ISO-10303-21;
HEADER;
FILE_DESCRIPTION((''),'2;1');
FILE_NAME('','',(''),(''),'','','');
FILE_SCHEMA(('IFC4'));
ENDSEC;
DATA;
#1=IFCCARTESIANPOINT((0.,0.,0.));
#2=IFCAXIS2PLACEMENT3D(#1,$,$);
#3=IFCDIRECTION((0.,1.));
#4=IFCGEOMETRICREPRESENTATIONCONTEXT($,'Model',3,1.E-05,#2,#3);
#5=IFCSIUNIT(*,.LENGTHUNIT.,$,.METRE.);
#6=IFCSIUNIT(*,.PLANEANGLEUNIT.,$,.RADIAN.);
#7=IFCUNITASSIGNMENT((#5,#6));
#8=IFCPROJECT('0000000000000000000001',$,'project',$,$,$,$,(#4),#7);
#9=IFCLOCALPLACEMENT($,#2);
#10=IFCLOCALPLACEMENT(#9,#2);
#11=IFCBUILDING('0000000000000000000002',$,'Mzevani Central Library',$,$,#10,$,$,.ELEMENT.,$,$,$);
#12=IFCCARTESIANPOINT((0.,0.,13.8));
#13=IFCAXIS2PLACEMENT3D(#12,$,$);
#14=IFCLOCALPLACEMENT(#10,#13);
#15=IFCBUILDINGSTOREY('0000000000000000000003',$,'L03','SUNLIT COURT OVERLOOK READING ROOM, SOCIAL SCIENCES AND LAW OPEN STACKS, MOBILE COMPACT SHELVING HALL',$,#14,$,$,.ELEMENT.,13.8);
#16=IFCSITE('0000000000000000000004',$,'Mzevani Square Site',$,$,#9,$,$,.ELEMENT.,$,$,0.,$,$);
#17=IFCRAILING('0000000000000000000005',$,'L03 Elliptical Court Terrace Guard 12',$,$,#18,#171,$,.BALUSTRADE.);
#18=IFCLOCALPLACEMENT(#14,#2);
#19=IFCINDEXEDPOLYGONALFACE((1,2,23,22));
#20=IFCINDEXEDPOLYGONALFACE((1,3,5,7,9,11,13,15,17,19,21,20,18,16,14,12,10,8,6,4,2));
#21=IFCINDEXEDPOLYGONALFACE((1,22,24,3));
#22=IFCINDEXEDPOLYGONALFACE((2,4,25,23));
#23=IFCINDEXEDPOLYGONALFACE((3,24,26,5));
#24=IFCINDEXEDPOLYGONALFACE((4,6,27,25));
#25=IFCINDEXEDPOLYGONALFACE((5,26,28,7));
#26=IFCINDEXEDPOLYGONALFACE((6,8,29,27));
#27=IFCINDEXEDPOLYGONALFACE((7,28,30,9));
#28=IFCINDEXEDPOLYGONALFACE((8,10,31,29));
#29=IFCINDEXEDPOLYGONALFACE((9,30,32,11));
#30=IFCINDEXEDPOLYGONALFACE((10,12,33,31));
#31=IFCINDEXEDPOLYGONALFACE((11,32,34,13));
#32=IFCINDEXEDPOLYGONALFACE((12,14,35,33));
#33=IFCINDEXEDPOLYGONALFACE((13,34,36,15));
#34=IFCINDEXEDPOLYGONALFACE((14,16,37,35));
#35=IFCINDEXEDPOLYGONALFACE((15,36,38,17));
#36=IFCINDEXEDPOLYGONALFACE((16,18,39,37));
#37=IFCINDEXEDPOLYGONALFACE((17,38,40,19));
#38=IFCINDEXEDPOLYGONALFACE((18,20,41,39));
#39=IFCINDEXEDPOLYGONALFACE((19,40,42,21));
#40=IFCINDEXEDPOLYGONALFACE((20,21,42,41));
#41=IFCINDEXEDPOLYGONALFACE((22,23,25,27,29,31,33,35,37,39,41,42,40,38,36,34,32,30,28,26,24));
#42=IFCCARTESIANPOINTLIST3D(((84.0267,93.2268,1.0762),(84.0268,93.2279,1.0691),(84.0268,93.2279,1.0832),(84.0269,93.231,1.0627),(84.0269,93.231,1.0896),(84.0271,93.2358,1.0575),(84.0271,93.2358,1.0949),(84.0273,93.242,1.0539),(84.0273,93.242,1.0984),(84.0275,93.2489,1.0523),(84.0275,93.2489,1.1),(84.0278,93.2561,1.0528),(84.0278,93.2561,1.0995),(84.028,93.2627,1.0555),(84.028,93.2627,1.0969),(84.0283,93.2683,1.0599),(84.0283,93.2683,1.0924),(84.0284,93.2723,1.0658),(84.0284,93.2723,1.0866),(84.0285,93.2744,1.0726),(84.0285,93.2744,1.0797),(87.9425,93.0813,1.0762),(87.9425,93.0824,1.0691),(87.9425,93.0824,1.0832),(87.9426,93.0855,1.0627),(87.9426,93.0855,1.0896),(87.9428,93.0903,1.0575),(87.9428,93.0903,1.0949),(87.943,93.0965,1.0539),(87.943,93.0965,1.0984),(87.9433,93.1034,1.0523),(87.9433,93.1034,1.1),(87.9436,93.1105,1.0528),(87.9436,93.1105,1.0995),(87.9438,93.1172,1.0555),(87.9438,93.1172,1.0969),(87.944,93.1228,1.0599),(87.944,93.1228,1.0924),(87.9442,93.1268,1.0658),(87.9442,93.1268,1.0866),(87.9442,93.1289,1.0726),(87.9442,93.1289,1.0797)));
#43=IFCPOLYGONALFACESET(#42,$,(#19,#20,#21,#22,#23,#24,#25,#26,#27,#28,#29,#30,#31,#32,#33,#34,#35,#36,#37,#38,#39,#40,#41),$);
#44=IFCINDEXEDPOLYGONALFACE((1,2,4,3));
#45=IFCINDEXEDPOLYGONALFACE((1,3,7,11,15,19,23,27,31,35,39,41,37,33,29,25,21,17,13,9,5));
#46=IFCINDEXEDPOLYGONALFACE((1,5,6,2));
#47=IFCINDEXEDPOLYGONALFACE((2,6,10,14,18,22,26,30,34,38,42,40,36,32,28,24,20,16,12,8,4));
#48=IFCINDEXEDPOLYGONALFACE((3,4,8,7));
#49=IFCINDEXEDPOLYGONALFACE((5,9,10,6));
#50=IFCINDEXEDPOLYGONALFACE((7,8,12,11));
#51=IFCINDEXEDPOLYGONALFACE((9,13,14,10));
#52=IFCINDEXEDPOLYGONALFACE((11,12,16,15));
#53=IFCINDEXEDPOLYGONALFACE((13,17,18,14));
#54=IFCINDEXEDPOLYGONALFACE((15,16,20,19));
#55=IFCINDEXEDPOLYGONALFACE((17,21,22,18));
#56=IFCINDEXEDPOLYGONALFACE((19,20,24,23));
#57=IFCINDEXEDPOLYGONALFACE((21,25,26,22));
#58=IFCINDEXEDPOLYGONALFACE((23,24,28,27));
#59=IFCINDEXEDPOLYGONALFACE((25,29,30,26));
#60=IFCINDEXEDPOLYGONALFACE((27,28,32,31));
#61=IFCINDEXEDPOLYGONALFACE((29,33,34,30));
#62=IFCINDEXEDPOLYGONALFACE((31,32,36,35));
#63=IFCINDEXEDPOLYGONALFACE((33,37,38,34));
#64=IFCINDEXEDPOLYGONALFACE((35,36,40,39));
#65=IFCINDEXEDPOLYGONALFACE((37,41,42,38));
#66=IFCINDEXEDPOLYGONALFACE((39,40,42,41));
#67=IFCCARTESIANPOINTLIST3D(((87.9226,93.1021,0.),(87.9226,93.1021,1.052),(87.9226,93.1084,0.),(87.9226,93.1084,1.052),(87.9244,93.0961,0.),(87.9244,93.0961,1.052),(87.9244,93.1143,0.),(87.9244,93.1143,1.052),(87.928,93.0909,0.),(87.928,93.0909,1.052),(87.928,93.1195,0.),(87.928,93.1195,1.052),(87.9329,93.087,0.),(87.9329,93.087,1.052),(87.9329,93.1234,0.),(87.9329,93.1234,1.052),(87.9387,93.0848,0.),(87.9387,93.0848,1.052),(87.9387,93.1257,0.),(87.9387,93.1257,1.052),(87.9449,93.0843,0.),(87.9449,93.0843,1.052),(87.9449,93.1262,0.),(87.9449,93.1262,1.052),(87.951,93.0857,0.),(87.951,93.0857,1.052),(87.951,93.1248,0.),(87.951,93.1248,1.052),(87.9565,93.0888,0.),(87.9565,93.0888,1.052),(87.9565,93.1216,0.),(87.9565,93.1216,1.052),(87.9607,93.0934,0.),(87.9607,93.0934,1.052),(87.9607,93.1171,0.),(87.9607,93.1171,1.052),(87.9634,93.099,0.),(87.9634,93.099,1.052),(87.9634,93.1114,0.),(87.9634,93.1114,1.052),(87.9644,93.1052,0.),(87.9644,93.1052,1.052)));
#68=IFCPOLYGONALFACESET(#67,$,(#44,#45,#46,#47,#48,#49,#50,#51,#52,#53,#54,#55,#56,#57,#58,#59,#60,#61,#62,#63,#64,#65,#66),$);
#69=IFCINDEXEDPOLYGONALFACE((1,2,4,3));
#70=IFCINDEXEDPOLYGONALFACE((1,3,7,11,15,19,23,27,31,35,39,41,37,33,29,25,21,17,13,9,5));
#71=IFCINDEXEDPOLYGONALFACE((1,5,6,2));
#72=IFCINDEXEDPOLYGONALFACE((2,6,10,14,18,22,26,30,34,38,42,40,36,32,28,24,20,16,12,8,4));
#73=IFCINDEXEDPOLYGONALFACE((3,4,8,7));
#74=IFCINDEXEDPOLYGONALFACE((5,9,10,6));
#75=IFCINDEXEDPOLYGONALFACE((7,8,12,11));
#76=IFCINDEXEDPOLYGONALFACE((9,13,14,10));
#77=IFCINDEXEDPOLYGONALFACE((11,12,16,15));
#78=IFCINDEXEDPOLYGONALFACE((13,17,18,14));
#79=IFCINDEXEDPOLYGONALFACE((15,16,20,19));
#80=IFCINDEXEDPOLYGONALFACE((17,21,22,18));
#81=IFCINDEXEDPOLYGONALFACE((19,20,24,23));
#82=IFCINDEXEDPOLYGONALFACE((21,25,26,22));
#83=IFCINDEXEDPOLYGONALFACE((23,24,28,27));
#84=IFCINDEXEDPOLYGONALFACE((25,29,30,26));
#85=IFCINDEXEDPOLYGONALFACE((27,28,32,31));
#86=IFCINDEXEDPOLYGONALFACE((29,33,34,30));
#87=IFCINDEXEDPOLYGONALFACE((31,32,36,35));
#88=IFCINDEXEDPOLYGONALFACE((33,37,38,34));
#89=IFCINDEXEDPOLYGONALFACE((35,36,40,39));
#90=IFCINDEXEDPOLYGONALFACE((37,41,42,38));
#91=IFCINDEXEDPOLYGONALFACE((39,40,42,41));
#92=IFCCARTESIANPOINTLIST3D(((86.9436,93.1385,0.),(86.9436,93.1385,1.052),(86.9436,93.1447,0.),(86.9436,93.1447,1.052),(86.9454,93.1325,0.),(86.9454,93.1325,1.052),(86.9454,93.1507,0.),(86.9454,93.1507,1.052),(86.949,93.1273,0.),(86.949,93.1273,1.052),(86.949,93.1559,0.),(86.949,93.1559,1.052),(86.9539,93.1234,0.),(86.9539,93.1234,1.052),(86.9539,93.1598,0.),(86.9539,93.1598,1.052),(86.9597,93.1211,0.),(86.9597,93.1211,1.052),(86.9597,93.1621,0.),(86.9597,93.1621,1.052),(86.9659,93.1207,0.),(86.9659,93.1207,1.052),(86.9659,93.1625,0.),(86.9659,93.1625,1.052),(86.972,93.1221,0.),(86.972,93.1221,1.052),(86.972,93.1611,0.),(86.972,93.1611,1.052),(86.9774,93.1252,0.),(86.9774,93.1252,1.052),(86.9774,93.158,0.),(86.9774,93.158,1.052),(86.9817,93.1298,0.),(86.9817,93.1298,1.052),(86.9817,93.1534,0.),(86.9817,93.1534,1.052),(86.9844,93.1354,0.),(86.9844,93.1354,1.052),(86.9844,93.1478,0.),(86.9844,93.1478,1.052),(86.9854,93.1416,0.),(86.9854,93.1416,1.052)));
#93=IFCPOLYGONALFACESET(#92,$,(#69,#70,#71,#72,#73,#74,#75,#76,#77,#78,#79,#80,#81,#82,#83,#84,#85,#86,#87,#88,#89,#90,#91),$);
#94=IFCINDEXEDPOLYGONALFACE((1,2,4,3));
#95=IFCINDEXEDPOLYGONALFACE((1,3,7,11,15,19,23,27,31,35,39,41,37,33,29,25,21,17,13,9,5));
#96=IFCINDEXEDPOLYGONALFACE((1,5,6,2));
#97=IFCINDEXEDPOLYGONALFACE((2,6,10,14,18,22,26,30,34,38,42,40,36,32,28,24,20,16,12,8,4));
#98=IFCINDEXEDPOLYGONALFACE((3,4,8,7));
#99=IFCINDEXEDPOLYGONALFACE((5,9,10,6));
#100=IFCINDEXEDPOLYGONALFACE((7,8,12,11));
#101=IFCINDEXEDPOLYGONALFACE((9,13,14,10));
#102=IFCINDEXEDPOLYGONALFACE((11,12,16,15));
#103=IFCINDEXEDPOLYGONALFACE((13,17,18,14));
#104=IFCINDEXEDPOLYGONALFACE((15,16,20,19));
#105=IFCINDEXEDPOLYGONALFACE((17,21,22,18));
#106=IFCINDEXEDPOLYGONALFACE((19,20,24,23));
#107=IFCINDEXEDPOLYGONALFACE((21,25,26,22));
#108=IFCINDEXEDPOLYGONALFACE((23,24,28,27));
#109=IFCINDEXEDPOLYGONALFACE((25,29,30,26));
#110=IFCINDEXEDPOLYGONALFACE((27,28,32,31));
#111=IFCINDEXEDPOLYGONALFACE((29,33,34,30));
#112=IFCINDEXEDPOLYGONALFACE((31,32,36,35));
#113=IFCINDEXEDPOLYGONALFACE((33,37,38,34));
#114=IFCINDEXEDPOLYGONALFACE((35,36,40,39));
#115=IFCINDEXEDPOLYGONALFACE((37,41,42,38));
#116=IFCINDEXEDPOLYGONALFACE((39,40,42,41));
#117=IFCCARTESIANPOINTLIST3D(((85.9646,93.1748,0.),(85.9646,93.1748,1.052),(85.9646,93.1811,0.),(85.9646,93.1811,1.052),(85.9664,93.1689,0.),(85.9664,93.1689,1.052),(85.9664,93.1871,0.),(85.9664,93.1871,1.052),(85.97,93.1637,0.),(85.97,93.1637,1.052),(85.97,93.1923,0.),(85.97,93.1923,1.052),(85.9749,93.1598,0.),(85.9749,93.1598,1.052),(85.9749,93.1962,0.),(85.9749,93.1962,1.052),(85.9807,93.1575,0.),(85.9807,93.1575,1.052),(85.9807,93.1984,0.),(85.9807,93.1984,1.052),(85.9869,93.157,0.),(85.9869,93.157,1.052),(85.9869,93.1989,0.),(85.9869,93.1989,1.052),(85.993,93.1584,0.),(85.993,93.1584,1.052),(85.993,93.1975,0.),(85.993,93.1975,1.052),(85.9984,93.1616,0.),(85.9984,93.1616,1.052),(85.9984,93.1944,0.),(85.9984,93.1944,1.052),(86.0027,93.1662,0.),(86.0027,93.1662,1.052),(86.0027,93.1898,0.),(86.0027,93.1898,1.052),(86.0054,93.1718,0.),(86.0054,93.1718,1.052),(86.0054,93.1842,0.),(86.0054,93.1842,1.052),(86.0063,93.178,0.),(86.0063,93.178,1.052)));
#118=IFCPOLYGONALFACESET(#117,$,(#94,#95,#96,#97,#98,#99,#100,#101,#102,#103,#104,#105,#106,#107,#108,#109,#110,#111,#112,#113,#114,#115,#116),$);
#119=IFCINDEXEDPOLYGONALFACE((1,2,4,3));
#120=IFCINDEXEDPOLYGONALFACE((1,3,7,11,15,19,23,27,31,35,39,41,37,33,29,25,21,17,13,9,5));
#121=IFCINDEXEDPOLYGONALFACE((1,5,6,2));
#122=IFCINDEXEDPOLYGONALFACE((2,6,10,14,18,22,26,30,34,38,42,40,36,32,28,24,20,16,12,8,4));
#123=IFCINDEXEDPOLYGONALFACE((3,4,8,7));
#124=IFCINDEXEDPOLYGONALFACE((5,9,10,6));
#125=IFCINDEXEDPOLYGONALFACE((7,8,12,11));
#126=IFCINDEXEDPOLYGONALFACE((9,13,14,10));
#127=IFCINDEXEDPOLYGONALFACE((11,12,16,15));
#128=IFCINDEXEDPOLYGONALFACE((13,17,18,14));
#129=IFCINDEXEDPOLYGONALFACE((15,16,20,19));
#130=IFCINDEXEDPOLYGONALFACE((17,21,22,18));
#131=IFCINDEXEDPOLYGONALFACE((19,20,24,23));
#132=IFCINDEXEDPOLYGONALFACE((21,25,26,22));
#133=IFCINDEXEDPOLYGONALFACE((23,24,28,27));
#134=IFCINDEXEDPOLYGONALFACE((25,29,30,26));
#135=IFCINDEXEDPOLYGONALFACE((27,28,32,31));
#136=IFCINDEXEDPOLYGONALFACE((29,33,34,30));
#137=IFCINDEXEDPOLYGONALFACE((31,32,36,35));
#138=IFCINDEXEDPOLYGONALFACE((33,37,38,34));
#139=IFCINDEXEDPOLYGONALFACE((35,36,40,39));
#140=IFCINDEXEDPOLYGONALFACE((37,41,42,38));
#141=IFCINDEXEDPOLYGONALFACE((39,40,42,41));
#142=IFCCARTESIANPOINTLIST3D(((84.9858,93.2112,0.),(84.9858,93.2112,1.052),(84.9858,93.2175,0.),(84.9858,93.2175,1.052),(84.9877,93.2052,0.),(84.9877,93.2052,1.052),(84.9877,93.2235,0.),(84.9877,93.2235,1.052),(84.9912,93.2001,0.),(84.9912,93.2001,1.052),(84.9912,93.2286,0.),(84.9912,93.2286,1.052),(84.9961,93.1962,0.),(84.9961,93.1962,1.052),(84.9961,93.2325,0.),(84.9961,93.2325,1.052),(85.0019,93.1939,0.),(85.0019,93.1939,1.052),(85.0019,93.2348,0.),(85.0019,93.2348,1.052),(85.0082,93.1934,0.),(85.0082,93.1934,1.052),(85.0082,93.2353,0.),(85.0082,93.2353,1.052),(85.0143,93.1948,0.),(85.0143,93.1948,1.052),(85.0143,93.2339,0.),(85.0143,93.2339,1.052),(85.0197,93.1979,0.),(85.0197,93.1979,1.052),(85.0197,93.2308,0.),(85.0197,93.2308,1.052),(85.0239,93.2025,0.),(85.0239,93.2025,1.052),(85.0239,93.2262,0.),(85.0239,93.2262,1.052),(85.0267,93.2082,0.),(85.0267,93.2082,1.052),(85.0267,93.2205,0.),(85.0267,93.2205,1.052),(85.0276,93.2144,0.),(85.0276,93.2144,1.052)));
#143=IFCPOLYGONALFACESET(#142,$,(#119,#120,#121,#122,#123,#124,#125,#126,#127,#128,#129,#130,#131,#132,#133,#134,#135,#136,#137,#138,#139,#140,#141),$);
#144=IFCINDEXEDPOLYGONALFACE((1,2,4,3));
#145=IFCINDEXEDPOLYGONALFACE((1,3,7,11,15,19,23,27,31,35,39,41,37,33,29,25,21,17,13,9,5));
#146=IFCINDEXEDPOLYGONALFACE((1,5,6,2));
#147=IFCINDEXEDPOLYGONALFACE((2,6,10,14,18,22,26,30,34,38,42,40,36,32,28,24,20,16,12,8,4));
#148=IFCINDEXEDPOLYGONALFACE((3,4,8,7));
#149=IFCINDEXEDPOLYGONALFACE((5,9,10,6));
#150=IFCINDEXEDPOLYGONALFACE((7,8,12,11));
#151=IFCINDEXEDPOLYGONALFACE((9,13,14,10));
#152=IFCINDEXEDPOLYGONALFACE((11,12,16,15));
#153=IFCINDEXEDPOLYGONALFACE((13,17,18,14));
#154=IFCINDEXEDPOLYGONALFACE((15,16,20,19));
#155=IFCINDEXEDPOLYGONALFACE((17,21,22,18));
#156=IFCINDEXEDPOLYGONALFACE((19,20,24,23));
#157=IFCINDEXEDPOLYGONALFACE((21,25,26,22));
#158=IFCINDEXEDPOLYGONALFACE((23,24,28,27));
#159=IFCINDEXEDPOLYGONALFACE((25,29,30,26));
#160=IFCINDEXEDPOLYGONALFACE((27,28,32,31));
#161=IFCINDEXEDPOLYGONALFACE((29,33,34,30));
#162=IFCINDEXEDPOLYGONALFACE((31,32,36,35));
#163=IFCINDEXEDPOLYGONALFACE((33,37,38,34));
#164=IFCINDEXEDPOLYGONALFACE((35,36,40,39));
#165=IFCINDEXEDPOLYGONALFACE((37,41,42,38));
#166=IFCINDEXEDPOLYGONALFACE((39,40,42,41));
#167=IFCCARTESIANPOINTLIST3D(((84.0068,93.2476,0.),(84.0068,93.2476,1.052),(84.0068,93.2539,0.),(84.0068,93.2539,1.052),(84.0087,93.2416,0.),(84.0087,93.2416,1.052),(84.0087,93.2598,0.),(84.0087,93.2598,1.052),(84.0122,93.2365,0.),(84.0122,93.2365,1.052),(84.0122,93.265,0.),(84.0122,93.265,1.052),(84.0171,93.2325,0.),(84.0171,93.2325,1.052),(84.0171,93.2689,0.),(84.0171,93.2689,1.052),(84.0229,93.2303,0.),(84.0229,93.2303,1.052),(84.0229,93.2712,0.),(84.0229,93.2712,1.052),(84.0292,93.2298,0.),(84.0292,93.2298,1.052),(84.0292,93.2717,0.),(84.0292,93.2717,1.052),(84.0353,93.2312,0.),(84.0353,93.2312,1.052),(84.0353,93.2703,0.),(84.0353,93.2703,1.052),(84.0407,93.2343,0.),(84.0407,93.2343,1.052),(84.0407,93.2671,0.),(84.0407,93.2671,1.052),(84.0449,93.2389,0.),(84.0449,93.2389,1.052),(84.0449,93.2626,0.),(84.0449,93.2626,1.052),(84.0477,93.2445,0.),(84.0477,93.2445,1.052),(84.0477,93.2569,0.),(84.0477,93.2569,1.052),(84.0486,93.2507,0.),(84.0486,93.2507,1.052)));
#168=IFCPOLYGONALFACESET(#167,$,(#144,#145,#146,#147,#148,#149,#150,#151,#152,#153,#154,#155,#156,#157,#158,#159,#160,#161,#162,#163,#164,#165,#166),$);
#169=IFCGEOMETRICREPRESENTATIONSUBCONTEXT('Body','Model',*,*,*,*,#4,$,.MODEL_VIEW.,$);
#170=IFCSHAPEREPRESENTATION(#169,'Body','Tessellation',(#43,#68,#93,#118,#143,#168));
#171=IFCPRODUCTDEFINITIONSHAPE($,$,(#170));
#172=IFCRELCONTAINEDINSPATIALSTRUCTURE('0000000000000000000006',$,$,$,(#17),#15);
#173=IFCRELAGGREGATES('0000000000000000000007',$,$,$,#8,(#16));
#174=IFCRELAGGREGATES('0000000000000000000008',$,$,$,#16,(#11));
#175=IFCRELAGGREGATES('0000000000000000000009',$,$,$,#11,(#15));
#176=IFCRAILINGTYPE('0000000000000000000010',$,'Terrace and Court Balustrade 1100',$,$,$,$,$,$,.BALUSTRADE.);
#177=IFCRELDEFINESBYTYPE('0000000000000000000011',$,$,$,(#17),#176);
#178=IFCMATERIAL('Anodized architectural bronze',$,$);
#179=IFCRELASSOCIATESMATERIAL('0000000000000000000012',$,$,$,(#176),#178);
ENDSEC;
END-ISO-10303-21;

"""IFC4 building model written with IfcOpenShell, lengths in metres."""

from ifc_helpers import new_model, si_unit, direction, frame, origin, origin_2d, place, context, subcontext, project, spatial, circle, extrude, material, type_object, element, save


model = new_model("IFC4")

# Units and contexts
model_context = context("Model", 3, precision=1e-05, world=origin(), true_north=direction((0.0, 1.0)))
body_context = subcontext(model_context, "Body", "Model", "MODEL_VIEW")
ifc_project = project(units=[si_unit("LENGTHUNIT", "METRE"), si_unit("PLANEANGLEUNIT", "RADIAN")], contexts=[model_context])

# Site, building, storey
site_placement = place(None, origin())
site = spatial("IfcSite", under=ifc_project, at=site_placement, Name="Mzevani Square Site", CompositionType="ELEMENT", RefElevation=0.0)
building_placement = place(site_placement, origin())
building = spatial("IfcBuilding", under=site, at=building_placement, Name="Mzevani Central Library", CompositionType="ELEMENT")
storey_placement = place(building_placement, frame((0.0, 0.0, 13.8)))
storey = spatial("IfcBuildingStorey", under=building, at=storey_placement, Name="L03", Description="SUNLIT COURT OVERLOOK READING ROOM, SOCIAL SCIENCES AND LAW OPEN STACKS, MOBILE COMPACT SHELVING HALL", CompositionType="ELEMENT", Elevation=13.8)

# Railing
ifc_material_1 = material(Name="Anodized architectural bronze")
railing_type = type_object("IfcRailingType", Name="Terrace and Court Balustrade 1100", PredefinedType="BALUSTRADE", material=ifc_material_1)
railing_1_placement = place(storey_placement, frame((87.9434, 93.1052, 0.0)))
element("IfcRailing", 1, at=railing_1_placement, inside=storey, type_object=railing_type, Name="L03 Elliptical Court Terrace Guard 12", PredefinedType="BALUSTRADE", context=body_context, shape_type="SweptSolid", body=[
    extrude(circle(Radius=0.0239, at=origin_2d()), frame((0.0, 0.0, 1.0762), z_axis=(-0.99931, 0.037134, 0.0), x_axis=(-0.037134, -0.99931, 0.0)), (0.0, 0.0, 1.0), 3.9185),
    extrude(circle(Radius=0.021, at=origin_2d()), origin(), (0.0, 0.0, 1.0), 1.052),
    extrude(circle(Radius=0.021, at=origin_2d()), frame((-0.979, 0.0364, 0.0)), (0.0, 0.0, 1.0), 1.052),
    extrude(circle(Radius=0.021, at=origin_2d()), frame((-1.958, 0.0728, 0.0)), (0.0, 0.0, 1.0), 1.052),
    extrude(circle(Radius=0.021, at=origin_2d()), frame((-2.9368, 0.1091, 0.0)), (0.0, 0.0, 1.0), 1.052),
    extrude(circle(Radius=0.021, at=origin_2d()), frame((-3.9158, 0.1455, 0.0)), (0.0, 0.0, 1.0), 1.052),
])

save(model, "model.ifc")
